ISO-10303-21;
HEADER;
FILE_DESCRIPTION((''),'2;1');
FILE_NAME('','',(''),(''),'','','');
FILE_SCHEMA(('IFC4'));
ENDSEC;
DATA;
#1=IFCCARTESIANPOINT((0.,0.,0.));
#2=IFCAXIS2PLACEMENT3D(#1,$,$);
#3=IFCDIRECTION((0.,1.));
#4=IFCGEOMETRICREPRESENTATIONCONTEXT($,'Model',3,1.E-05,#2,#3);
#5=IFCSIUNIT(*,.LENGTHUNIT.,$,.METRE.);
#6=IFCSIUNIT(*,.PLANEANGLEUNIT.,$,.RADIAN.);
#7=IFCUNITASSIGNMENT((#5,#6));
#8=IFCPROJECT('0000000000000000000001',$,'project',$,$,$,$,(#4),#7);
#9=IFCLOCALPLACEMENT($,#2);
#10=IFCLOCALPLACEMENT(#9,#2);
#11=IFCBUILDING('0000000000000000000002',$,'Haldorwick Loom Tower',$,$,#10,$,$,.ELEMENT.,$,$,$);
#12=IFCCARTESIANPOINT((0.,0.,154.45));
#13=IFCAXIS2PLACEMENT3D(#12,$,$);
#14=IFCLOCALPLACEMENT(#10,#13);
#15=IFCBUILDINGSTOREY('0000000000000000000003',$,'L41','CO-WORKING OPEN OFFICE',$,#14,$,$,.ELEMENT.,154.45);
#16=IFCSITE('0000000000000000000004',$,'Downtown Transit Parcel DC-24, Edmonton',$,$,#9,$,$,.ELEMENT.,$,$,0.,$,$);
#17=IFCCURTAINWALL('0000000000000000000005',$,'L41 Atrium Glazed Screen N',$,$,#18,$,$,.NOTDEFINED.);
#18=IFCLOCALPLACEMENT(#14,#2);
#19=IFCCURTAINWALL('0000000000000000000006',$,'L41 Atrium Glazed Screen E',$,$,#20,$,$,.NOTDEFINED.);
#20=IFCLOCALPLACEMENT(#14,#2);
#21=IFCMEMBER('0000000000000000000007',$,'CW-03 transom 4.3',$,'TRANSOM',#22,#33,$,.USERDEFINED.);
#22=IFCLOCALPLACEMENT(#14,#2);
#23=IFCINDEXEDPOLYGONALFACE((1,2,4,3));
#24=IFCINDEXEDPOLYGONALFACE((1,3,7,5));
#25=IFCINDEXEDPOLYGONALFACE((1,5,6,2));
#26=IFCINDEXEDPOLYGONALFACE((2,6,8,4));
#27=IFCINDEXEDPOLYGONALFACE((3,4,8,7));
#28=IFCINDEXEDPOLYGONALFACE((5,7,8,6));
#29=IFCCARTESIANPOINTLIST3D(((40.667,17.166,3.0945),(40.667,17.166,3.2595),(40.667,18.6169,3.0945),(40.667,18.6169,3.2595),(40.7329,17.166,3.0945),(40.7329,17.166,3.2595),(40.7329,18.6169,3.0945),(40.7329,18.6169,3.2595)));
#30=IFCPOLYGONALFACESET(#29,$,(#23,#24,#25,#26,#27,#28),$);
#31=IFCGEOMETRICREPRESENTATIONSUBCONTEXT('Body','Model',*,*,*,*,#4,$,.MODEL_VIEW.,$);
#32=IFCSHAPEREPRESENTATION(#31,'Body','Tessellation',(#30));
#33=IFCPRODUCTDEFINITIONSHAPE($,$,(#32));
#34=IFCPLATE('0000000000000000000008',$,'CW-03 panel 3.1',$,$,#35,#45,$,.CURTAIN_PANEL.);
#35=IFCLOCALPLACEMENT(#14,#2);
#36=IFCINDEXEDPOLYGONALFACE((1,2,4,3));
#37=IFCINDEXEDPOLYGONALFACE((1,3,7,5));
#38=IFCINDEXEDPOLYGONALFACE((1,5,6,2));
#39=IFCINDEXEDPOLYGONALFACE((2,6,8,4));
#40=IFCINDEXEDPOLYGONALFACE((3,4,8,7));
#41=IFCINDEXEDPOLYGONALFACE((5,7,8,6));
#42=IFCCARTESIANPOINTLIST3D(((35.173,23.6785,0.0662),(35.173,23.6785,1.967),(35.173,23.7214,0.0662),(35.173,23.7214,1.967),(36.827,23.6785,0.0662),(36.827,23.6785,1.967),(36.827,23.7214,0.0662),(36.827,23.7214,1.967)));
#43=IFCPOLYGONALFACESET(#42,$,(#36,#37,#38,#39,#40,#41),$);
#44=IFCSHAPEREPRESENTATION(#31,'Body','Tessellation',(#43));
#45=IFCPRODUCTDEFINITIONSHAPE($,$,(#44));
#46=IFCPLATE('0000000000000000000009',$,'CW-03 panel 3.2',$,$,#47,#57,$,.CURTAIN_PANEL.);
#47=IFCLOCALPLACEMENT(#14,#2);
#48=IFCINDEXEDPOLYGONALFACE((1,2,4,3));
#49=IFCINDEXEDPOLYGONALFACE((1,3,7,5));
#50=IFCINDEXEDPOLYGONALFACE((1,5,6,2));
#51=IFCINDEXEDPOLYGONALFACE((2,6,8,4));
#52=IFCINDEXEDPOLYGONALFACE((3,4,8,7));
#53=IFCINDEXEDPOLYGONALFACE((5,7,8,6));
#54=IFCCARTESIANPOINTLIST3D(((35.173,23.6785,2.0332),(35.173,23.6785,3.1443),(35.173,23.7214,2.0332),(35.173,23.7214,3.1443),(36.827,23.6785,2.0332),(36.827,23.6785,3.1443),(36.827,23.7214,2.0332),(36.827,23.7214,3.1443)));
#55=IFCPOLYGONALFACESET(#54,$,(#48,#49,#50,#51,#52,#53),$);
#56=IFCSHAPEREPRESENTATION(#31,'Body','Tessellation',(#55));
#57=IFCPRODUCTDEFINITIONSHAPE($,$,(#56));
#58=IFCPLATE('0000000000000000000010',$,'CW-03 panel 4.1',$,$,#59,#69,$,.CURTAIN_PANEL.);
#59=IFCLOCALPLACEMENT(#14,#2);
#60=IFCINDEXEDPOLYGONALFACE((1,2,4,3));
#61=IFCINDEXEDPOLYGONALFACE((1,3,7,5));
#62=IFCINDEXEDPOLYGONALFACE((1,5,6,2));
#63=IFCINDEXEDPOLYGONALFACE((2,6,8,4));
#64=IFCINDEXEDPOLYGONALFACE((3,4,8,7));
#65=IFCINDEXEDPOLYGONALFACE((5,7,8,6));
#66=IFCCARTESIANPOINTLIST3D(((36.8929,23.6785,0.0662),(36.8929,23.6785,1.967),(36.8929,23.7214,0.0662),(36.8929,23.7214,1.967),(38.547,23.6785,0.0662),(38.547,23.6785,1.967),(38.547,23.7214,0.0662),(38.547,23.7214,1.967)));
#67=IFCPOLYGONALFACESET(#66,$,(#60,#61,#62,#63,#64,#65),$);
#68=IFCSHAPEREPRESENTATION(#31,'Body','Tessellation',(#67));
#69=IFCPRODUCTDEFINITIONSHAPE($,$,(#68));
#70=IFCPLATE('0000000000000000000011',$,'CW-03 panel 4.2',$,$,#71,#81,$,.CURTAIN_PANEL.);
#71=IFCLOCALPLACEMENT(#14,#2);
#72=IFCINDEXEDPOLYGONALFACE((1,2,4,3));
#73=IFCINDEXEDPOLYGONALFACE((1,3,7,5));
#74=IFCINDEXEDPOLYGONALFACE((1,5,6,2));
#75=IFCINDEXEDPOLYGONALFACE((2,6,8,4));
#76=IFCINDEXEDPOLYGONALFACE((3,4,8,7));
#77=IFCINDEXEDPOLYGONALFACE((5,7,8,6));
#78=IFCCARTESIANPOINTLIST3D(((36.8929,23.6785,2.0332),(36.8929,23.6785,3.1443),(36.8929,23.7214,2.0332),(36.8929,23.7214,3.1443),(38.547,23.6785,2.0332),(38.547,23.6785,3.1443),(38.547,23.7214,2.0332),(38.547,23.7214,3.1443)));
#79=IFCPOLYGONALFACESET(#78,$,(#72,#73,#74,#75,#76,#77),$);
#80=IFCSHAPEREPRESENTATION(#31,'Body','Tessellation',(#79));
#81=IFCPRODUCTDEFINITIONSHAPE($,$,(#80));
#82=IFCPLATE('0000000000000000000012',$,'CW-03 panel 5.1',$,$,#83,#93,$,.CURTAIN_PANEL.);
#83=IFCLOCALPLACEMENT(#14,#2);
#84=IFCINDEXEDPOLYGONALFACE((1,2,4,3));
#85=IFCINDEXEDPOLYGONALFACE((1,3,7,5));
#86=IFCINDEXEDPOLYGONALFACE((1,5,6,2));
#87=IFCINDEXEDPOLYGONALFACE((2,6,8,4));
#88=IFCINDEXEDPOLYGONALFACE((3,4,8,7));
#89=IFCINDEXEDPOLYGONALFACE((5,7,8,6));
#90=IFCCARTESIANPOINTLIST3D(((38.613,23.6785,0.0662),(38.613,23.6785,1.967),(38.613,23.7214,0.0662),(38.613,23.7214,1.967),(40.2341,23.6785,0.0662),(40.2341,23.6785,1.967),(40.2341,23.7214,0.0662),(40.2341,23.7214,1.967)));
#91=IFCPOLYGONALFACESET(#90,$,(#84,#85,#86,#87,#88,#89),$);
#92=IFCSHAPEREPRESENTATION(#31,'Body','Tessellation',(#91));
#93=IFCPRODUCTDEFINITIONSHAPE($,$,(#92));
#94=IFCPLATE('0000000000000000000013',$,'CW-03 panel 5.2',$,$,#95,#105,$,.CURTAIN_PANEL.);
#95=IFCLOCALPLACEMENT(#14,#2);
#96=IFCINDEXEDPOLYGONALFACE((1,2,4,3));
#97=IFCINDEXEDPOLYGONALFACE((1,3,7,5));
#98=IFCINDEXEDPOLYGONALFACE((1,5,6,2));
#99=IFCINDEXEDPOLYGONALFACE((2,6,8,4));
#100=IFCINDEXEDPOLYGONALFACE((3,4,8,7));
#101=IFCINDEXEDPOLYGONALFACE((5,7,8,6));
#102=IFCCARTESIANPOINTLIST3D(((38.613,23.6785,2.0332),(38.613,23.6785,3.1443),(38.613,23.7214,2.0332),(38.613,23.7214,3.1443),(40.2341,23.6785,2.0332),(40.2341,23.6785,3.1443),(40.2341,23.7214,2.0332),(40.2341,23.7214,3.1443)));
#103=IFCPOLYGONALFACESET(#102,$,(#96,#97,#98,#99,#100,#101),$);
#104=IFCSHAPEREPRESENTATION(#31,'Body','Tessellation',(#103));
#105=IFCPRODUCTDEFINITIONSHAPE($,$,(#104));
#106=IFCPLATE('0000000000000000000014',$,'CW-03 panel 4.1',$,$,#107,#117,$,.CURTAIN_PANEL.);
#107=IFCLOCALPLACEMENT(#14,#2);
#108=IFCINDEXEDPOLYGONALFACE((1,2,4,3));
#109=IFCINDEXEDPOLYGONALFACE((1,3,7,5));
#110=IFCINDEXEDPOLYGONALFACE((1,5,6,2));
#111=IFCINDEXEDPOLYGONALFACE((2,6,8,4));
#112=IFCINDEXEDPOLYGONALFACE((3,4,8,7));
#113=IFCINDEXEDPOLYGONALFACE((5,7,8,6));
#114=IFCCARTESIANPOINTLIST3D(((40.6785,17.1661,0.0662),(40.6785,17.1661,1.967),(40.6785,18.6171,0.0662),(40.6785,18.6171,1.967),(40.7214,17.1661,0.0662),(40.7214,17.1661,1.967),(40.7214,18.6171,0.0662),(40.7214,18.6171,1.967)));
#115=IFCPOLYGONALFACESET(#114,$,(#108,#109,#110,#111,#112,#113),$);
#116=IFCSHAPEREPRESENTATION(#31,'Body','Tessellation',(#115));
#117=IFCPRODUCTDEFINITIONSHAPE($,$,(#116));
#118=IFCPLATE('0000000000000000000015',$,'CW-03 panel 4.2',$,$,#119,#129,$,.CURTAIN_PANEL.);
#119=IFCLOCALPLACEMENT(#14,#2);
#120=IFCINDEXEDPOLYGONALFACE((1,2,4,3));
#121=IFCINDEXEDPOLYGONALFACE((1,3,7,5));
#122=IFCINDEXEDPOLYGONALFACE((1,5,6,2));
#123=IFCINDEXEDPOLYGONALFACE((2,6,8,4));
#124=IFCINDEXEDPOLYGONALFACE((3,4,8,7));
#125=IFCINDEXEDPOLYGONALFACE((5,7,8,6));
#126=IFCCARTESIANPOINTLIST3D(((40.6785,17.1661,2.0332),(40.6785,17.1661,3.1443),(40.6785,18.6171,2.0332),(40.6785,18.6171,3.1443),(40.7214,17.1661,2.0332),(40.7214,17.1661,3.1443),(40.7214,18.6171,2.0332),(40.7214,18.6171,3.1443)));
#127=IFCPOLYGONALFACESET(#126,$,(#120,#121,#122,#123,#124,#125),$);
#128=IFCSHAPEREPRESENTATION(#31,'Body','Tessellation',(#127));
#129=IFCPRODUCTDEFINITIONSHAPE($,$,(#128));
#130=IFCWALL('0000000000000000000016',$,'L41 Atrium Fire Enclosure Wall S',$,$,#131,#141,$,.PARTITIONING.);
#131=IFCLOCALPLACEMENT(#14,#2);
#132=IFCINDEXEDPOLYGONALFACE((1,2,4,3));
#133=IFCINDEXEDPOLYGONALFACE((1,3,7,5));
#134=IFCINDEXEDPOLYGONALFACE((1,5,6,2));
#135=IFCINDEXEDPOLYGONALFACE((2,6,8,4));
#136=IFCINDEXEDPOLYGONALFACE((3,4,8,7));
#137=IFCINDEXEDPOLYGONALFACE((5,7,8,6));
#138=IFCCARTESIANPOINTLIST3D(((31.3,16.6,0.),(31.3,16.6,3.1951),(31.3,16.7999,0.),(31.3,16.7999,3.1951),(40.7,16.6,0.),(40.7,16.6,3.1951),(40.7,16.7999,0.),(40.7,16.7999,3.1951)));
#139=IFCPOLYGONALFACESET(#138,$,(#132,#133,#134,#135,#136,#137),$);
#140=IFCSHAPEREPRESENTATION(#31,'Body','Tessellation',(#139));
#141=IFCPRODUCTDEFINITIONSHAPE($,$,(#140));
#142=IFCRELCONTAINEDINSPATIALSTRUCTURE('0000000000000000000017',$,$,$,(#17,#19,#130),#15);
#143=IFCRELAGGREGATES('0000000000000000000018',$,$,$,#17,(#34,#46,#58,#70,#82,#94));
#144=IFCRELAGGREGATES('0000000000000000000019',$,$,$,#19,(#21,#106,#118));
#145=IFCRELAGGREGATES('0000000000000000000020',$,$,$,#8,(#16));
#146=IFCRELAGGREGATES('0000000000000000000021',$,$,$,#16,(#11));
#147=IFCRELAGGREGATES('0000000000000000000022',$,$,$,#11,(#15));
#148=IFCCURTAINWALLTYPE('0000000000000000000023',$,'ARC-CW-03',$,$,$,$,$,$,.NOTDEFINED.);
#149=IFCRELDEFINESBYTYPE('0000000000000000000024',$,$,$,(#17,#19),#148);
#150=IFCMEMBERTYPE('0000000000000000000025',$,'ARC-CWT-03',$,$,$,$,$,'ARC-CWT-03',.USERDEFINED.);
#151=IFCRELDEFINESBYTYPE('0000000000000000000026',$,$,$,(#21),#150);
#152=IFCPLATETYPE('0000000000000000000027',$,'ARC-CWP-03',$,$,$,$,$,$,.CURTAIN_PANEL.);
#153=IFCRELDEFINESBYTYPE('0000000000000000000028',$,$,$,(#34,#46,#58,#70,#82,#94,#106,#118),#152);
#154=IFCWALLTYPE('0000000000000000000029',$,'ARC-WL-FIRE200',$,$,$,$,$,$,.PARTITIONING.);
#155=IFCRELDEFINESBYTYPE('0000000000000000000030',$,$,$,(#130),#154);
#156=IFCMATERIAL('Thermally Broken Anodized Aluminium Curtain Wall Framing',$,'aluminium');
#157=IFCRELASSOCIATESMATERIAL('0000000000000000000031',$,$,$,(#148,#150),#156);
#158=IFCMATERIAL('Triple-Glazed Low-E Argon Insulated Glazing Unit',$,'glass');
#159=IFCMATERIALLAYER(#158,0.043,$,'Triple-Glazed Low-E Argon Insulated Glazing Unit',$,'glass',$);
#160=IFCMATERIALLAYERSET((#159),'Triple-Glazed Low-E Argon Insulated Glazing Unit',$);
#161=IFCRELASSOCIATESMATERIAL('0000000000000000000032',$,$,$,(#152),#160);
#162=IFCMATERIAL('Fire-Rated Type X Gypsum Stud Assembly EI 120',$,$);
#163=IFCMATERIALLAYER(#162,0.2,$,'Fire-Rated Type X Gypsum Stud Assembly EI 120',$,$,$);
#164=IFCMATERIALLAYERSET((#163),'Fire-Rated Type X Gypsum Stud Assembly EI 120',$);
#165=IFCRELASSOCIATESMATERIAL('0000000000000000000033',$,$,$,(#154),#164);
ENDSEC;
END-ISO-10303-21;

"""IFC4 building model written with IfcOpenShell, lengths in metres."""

from ifc_helpers import new_model, si_unit, direction, frame, frame_2d, origin, origin_2d, place, context, subcontext, project, spatial, rectangle, extrude, material, layer, layer_set, material_profile, profile_set, type_object, element, aggregate, save


model = new_model("IFC4")

# Units and contexts
model_context = context("Model", 3, precision=1e-05, world=origin(), true_north=direction((0.0, 1.0)))
body_context = subcontext(model_context, "Body", "Model", "MODEL_VIEW")
ifc_project = project(units=[si_unit("LENGTHUNIT", "METRE"), si_unit("PLANEANGLEUNIT", "RADIAN")], contexts=[model_context])

# Site, building, storey
site_placement = place(None, origin())
site = spatial("IfcSite", under=ifc_project, at=site_placement, Name="Downtown Transit Parcel DC-24, Edmonton", CompositionType="ELEMENT", RefElevation=0.0)
building_placement = place(site_placement, origin())
building = spatial("IfcBuilding", under=site, at=building_placement, Name="Haldorwick Loom Tower", CompositionType="ELEMENT")
storey_placement = place(building_placement, frame((0.0, 0.0, 154.45)))
storey = spatial("IfcBuildingStorey", under=building, at=storey_placement, Name="L41", Description="CO-WORKING OPEN OFFICE", CompositionType="ELEMENT", Elevation=154.45)

# Shared definitions
ifc_material_1 = material(Name="Thermally Broken Anodized Aluminium Curtain Wall Framing", Category="aluminium")
curtain_wall_type = type_object("IfcCurtainWallType", Name="ARC-CW-03", PredefinedType="NOTDEFINED", material=ifc_material_1)

# Curtain wall
curtain_wall_1_placement = place(storey_placement, origin())
curtain_wall_1 = element("IfcCurtainWall", 1, at=curtain_wall_1_placement, inside=storey, type_object=curtain_wall_type, Name="L41 Atrium Glazed Screen N", PredefinedType="NOTDEFINED")

# Curtain wall
curtain_wall_2_placement = place(storey_placement, origin())
curtain_wall_2 = element("IfcCurtainWall", 2, at=curtain_wall_2_placement, inside=storey, type_object=curtain_wall_type, Name="L41 Atrium Glazed Screen E", PredefinedType="NOTDEFINED")

# Member
ifc_material_profile_1 = material_profile(ifc_material_1, rectangle(XDim=0.0659, YDim=0.165, at=origin_2d()), Name="ALU_TRN_66X165", Category="aluminium")
ifc_profile_set_1 = profile_set([ifc_material_profile_1], Name="Thermally Broken Anodized Aluminium Curtain Wall Framing")
member_type_1 = type_object("IfcMemberType", Name="ARC-CWT-03", ElementType="ARC-CWT-03", PredefinedType="USERDEFINED", material=ifc_profile_set_1)
member_1_placement = place(storey_placement, frame((40.7, 18.6169, 3.177), z_axis=(0.0, -1.0, 0.0), x_axis=(1.0, 0.0, 0.0)))
member_1 = element("IfcMember", 3, at=member_1_placement, type_object=member_type_1, Name="CW-03 transom 4.3", ObjectType="TRANSOM", PredefinedType="USERDEFINED", context=body_context, shape_type="SweptSolid", body=[
    extrude(rectangle(XDim=0.0659, YDim=0.165, at=origin_2d()), origin(), (0.0, 0.0, 1.0), 1.4509),
])

# Plates
ifc_material_2 = material(Name="Triple-Glazed Low-E Argon Insulated Glazing Unit", Category="glass")
ifc_layer_1 = layer(ifc_material_2, 0.043, Name="Triple-Glazed Low-E Argon Insulated Glazing Unit", Category="glass")
ifc_layer_set_1 = layer_set([ifc_layer_1], Name="Triple-Glazed Low-E Argon Insulated Glazing Unit")
plate_type = type_object("IfcPlateType", Name="ARC-CWP-03", PredefinedType="CURTAIN_PANEL", material=ifc_layer_set_1)
plate_1_placement = place(storey_placement, frame((36.0, 23.7, 0.0662), z_axis=(0.0, 0.0, 1.0), x_axis=(1.0, 0.0, 0.0)))
plate_1 = element("IfcPlate", 4, at=plate_1_placement, type_object=plate_type, Name="CW-03 panel 3.1", PredefinedType="CURTAIN_PANEL", context=body_context, shape_type="SweptSolid", body=[
    extrude(rectangle(XDim=1.6541, YDim=0.043, at=origin_2d()), origin(), (0.0, 0.0, 1.0), 1.9009),
])
plate_2_placement = place(storey_placement, frame((36.0, 23.7, 2.0332), z_axis=(0.0, 0.0, 1.0), x_axis=(1.0, 0.0, 0.0)))
plate_2 = element("IfcPlate", 5, at=plate_2_placement, type_object=plate_type, Name="CW-03 panel 3.2", PredefinedType="CURTAIN_PANEL", context=body_context, shape_type="SweptSolid", body=[
    extrude(rectangle(XDim=1.6541, YDim=0.043, at=origin_2d()), origin(), (0.0, 0.0, 1.0), 1.1111),
])
plate_3_placement = place(storey_placement, frame((37.72, 23.7, 0.0662), z_axis=(0.0, 0.0, 1.0), x_axis=(1.0, 0.0, 0.0)))
plate_3 = element("IfcPlate", 6, at=plate_3_placement, type_object=plate_type, Name="CW-03 panel 4.1", PredefinedType="CURTAIN_PANEL", context=body_context, shape_type="SweptSolid", body=[
    extrude(rectangle(XDim=1.6541, YDim=0.043, at=origin_2d()), origin(), (0.0, 0.0, 1.0), 1.9009),
])
plate_4_placement = place(storey_placement, frame((37.72, 23.7, 2.0332), z_axis=(0.0, 0.0, 1.0), x_axis=(1.0, 0.0, 0.0)))
plate_4 = element("IfcPlate", 7, at=plate_4_placement, type_object=plate_type, Name="CW-03 panel 4.2", PredefinedType="CURTAIN_PANEL", context=body_context, shape_type="SweptSolid", body=[
    extrude(rectangle(XDim=1.6541, YDim=0.043, at=origin_2d()), origin(), (0.0, 0.0, 1.0), 1.1111),
])
plate_5_placement = place(storey_placement, frame((39.4236, 23.7, 0.0662), z_axis=(0.0, 0.0, 1.0), x_axis=(1.0, 0.0, 0.0)))
plate_5 = element("IfcPlate", 8, at=plate_5_placement, type_object=plate_type, Name="CW-03 panel 5.1", PredefinedType="CURTAIN_PANEL", context=body_context, shape_type="SweptSolid", body=[
    extrude(rectangle(XDim=1.6211, YDim=0.043, at=origin_2d()), origin(), (0.0, 0.0, 1.0), 1.9009),
])
plate_6_placement = place(storey_placement, frame((39.4236, 23.7, 2.0332), z_axis=(0.0, 0.0, 1.0), x_axis=(1.0, 0.0, 0.0)))
plate_6 = element("IfcPlate", 9, at=plate_6_placement, type_object=plate_type, Name="CW-03 panel 5.2", PredefinedType="CURTAIN_PANEL", context=body_context, shape_type="SweptSolid", body=[
    extrude(rectangle(XDim=1.6211, YDim=0.043, at=origin_2d()), origin(), (0.0, 0.0, 1.0), 1.1111),
])
aggregate(curtain_wall_1, [plate_1, plate_2, plate_3, plate_4, plate_5, plate_6])
plate_7_placement = place(storey_placement, frame((40.7, 17.8916, 0.0662), z_axis=(0.0, 0.0, 1.0), x_axis=(0.0, -1.0, 0.0)))
plate_7 = element("IfcPlate", 10, at=plate_7_placement, type_object=plate_type, Name="CW-03 panel 4.1", PredefinedType="CURTAIN_PANEL", context=body_context, shape_type="SweptSolid", body=[
    extrude(rectangle(XDim=1.4509, YDim=0.043, at=origin_2d()), origin(), (0.0, 0.0, 1.0), 1.9009),
])
plate_8_placement = place(storey_placement, frame((40.7, 17.8916, 2.0332), z_axis=(0.0, 0.0, 1.0), x_axis=(0.0, -1.0, 0.0)))
plate_8 = element("IfcPlate", 11, at=plate_8_placement, type_object=plate_type, Name="CW-03 panel 4.2", PredefinedType="CURTAIN_PANEL", context=body_context, shape_type="SweptSolid", body=[
    extrude(rectangle(XDim=1.4509, YDim=0.043, at=origin_2d()), origin(), (0.0, 0.0, 1.0), 1.1111),
])
aggregate(curtain_wall_2, [member_1, plate_7, plate_8])

# Wall
ifc_material_3 = material(Name="Fire-Rated Type X Gypsum Stud Assembly EI 120")
ifc_layer_2 = layer(ifc_material_3, 0.2, Name="Fire-Rated Type X Gypsum Stud Assembly EI 120")
ifc_layer_set_2 = layer_set([ifc_layer_2], Name="Fire-Rated Type X Gypsum Stud Assembly EI 120")
wall_type = type_object("IfcWallType", Name="ARC-WL-FIRE200", PredefinedType="PARTITIONING", material=ifc_layer_set_2)
wall_placement = place(storey_placement, frame((40.7, 16.7, 0.0), z_axis=(0.0, 0.0, 1.0), x_axis=(-1.0, 0.0, 0.0)))
element("IfcWall", 12, at=wall_placement, inside=storey, type_object=wall_type, Name="L41 Atrium Fire Enclosure Wall S", PredefinedType="PARTITIONING", context=body_context, shape_type="SweptSolid", body=[
    extrude(rectangle(XDim=9.3999, YDim=0.2, at=frame_2d((4.7, 0.0))), origin(), (0.0, 0.0, 1.0), 3.1951),
])

save(model, "model.ifc")
